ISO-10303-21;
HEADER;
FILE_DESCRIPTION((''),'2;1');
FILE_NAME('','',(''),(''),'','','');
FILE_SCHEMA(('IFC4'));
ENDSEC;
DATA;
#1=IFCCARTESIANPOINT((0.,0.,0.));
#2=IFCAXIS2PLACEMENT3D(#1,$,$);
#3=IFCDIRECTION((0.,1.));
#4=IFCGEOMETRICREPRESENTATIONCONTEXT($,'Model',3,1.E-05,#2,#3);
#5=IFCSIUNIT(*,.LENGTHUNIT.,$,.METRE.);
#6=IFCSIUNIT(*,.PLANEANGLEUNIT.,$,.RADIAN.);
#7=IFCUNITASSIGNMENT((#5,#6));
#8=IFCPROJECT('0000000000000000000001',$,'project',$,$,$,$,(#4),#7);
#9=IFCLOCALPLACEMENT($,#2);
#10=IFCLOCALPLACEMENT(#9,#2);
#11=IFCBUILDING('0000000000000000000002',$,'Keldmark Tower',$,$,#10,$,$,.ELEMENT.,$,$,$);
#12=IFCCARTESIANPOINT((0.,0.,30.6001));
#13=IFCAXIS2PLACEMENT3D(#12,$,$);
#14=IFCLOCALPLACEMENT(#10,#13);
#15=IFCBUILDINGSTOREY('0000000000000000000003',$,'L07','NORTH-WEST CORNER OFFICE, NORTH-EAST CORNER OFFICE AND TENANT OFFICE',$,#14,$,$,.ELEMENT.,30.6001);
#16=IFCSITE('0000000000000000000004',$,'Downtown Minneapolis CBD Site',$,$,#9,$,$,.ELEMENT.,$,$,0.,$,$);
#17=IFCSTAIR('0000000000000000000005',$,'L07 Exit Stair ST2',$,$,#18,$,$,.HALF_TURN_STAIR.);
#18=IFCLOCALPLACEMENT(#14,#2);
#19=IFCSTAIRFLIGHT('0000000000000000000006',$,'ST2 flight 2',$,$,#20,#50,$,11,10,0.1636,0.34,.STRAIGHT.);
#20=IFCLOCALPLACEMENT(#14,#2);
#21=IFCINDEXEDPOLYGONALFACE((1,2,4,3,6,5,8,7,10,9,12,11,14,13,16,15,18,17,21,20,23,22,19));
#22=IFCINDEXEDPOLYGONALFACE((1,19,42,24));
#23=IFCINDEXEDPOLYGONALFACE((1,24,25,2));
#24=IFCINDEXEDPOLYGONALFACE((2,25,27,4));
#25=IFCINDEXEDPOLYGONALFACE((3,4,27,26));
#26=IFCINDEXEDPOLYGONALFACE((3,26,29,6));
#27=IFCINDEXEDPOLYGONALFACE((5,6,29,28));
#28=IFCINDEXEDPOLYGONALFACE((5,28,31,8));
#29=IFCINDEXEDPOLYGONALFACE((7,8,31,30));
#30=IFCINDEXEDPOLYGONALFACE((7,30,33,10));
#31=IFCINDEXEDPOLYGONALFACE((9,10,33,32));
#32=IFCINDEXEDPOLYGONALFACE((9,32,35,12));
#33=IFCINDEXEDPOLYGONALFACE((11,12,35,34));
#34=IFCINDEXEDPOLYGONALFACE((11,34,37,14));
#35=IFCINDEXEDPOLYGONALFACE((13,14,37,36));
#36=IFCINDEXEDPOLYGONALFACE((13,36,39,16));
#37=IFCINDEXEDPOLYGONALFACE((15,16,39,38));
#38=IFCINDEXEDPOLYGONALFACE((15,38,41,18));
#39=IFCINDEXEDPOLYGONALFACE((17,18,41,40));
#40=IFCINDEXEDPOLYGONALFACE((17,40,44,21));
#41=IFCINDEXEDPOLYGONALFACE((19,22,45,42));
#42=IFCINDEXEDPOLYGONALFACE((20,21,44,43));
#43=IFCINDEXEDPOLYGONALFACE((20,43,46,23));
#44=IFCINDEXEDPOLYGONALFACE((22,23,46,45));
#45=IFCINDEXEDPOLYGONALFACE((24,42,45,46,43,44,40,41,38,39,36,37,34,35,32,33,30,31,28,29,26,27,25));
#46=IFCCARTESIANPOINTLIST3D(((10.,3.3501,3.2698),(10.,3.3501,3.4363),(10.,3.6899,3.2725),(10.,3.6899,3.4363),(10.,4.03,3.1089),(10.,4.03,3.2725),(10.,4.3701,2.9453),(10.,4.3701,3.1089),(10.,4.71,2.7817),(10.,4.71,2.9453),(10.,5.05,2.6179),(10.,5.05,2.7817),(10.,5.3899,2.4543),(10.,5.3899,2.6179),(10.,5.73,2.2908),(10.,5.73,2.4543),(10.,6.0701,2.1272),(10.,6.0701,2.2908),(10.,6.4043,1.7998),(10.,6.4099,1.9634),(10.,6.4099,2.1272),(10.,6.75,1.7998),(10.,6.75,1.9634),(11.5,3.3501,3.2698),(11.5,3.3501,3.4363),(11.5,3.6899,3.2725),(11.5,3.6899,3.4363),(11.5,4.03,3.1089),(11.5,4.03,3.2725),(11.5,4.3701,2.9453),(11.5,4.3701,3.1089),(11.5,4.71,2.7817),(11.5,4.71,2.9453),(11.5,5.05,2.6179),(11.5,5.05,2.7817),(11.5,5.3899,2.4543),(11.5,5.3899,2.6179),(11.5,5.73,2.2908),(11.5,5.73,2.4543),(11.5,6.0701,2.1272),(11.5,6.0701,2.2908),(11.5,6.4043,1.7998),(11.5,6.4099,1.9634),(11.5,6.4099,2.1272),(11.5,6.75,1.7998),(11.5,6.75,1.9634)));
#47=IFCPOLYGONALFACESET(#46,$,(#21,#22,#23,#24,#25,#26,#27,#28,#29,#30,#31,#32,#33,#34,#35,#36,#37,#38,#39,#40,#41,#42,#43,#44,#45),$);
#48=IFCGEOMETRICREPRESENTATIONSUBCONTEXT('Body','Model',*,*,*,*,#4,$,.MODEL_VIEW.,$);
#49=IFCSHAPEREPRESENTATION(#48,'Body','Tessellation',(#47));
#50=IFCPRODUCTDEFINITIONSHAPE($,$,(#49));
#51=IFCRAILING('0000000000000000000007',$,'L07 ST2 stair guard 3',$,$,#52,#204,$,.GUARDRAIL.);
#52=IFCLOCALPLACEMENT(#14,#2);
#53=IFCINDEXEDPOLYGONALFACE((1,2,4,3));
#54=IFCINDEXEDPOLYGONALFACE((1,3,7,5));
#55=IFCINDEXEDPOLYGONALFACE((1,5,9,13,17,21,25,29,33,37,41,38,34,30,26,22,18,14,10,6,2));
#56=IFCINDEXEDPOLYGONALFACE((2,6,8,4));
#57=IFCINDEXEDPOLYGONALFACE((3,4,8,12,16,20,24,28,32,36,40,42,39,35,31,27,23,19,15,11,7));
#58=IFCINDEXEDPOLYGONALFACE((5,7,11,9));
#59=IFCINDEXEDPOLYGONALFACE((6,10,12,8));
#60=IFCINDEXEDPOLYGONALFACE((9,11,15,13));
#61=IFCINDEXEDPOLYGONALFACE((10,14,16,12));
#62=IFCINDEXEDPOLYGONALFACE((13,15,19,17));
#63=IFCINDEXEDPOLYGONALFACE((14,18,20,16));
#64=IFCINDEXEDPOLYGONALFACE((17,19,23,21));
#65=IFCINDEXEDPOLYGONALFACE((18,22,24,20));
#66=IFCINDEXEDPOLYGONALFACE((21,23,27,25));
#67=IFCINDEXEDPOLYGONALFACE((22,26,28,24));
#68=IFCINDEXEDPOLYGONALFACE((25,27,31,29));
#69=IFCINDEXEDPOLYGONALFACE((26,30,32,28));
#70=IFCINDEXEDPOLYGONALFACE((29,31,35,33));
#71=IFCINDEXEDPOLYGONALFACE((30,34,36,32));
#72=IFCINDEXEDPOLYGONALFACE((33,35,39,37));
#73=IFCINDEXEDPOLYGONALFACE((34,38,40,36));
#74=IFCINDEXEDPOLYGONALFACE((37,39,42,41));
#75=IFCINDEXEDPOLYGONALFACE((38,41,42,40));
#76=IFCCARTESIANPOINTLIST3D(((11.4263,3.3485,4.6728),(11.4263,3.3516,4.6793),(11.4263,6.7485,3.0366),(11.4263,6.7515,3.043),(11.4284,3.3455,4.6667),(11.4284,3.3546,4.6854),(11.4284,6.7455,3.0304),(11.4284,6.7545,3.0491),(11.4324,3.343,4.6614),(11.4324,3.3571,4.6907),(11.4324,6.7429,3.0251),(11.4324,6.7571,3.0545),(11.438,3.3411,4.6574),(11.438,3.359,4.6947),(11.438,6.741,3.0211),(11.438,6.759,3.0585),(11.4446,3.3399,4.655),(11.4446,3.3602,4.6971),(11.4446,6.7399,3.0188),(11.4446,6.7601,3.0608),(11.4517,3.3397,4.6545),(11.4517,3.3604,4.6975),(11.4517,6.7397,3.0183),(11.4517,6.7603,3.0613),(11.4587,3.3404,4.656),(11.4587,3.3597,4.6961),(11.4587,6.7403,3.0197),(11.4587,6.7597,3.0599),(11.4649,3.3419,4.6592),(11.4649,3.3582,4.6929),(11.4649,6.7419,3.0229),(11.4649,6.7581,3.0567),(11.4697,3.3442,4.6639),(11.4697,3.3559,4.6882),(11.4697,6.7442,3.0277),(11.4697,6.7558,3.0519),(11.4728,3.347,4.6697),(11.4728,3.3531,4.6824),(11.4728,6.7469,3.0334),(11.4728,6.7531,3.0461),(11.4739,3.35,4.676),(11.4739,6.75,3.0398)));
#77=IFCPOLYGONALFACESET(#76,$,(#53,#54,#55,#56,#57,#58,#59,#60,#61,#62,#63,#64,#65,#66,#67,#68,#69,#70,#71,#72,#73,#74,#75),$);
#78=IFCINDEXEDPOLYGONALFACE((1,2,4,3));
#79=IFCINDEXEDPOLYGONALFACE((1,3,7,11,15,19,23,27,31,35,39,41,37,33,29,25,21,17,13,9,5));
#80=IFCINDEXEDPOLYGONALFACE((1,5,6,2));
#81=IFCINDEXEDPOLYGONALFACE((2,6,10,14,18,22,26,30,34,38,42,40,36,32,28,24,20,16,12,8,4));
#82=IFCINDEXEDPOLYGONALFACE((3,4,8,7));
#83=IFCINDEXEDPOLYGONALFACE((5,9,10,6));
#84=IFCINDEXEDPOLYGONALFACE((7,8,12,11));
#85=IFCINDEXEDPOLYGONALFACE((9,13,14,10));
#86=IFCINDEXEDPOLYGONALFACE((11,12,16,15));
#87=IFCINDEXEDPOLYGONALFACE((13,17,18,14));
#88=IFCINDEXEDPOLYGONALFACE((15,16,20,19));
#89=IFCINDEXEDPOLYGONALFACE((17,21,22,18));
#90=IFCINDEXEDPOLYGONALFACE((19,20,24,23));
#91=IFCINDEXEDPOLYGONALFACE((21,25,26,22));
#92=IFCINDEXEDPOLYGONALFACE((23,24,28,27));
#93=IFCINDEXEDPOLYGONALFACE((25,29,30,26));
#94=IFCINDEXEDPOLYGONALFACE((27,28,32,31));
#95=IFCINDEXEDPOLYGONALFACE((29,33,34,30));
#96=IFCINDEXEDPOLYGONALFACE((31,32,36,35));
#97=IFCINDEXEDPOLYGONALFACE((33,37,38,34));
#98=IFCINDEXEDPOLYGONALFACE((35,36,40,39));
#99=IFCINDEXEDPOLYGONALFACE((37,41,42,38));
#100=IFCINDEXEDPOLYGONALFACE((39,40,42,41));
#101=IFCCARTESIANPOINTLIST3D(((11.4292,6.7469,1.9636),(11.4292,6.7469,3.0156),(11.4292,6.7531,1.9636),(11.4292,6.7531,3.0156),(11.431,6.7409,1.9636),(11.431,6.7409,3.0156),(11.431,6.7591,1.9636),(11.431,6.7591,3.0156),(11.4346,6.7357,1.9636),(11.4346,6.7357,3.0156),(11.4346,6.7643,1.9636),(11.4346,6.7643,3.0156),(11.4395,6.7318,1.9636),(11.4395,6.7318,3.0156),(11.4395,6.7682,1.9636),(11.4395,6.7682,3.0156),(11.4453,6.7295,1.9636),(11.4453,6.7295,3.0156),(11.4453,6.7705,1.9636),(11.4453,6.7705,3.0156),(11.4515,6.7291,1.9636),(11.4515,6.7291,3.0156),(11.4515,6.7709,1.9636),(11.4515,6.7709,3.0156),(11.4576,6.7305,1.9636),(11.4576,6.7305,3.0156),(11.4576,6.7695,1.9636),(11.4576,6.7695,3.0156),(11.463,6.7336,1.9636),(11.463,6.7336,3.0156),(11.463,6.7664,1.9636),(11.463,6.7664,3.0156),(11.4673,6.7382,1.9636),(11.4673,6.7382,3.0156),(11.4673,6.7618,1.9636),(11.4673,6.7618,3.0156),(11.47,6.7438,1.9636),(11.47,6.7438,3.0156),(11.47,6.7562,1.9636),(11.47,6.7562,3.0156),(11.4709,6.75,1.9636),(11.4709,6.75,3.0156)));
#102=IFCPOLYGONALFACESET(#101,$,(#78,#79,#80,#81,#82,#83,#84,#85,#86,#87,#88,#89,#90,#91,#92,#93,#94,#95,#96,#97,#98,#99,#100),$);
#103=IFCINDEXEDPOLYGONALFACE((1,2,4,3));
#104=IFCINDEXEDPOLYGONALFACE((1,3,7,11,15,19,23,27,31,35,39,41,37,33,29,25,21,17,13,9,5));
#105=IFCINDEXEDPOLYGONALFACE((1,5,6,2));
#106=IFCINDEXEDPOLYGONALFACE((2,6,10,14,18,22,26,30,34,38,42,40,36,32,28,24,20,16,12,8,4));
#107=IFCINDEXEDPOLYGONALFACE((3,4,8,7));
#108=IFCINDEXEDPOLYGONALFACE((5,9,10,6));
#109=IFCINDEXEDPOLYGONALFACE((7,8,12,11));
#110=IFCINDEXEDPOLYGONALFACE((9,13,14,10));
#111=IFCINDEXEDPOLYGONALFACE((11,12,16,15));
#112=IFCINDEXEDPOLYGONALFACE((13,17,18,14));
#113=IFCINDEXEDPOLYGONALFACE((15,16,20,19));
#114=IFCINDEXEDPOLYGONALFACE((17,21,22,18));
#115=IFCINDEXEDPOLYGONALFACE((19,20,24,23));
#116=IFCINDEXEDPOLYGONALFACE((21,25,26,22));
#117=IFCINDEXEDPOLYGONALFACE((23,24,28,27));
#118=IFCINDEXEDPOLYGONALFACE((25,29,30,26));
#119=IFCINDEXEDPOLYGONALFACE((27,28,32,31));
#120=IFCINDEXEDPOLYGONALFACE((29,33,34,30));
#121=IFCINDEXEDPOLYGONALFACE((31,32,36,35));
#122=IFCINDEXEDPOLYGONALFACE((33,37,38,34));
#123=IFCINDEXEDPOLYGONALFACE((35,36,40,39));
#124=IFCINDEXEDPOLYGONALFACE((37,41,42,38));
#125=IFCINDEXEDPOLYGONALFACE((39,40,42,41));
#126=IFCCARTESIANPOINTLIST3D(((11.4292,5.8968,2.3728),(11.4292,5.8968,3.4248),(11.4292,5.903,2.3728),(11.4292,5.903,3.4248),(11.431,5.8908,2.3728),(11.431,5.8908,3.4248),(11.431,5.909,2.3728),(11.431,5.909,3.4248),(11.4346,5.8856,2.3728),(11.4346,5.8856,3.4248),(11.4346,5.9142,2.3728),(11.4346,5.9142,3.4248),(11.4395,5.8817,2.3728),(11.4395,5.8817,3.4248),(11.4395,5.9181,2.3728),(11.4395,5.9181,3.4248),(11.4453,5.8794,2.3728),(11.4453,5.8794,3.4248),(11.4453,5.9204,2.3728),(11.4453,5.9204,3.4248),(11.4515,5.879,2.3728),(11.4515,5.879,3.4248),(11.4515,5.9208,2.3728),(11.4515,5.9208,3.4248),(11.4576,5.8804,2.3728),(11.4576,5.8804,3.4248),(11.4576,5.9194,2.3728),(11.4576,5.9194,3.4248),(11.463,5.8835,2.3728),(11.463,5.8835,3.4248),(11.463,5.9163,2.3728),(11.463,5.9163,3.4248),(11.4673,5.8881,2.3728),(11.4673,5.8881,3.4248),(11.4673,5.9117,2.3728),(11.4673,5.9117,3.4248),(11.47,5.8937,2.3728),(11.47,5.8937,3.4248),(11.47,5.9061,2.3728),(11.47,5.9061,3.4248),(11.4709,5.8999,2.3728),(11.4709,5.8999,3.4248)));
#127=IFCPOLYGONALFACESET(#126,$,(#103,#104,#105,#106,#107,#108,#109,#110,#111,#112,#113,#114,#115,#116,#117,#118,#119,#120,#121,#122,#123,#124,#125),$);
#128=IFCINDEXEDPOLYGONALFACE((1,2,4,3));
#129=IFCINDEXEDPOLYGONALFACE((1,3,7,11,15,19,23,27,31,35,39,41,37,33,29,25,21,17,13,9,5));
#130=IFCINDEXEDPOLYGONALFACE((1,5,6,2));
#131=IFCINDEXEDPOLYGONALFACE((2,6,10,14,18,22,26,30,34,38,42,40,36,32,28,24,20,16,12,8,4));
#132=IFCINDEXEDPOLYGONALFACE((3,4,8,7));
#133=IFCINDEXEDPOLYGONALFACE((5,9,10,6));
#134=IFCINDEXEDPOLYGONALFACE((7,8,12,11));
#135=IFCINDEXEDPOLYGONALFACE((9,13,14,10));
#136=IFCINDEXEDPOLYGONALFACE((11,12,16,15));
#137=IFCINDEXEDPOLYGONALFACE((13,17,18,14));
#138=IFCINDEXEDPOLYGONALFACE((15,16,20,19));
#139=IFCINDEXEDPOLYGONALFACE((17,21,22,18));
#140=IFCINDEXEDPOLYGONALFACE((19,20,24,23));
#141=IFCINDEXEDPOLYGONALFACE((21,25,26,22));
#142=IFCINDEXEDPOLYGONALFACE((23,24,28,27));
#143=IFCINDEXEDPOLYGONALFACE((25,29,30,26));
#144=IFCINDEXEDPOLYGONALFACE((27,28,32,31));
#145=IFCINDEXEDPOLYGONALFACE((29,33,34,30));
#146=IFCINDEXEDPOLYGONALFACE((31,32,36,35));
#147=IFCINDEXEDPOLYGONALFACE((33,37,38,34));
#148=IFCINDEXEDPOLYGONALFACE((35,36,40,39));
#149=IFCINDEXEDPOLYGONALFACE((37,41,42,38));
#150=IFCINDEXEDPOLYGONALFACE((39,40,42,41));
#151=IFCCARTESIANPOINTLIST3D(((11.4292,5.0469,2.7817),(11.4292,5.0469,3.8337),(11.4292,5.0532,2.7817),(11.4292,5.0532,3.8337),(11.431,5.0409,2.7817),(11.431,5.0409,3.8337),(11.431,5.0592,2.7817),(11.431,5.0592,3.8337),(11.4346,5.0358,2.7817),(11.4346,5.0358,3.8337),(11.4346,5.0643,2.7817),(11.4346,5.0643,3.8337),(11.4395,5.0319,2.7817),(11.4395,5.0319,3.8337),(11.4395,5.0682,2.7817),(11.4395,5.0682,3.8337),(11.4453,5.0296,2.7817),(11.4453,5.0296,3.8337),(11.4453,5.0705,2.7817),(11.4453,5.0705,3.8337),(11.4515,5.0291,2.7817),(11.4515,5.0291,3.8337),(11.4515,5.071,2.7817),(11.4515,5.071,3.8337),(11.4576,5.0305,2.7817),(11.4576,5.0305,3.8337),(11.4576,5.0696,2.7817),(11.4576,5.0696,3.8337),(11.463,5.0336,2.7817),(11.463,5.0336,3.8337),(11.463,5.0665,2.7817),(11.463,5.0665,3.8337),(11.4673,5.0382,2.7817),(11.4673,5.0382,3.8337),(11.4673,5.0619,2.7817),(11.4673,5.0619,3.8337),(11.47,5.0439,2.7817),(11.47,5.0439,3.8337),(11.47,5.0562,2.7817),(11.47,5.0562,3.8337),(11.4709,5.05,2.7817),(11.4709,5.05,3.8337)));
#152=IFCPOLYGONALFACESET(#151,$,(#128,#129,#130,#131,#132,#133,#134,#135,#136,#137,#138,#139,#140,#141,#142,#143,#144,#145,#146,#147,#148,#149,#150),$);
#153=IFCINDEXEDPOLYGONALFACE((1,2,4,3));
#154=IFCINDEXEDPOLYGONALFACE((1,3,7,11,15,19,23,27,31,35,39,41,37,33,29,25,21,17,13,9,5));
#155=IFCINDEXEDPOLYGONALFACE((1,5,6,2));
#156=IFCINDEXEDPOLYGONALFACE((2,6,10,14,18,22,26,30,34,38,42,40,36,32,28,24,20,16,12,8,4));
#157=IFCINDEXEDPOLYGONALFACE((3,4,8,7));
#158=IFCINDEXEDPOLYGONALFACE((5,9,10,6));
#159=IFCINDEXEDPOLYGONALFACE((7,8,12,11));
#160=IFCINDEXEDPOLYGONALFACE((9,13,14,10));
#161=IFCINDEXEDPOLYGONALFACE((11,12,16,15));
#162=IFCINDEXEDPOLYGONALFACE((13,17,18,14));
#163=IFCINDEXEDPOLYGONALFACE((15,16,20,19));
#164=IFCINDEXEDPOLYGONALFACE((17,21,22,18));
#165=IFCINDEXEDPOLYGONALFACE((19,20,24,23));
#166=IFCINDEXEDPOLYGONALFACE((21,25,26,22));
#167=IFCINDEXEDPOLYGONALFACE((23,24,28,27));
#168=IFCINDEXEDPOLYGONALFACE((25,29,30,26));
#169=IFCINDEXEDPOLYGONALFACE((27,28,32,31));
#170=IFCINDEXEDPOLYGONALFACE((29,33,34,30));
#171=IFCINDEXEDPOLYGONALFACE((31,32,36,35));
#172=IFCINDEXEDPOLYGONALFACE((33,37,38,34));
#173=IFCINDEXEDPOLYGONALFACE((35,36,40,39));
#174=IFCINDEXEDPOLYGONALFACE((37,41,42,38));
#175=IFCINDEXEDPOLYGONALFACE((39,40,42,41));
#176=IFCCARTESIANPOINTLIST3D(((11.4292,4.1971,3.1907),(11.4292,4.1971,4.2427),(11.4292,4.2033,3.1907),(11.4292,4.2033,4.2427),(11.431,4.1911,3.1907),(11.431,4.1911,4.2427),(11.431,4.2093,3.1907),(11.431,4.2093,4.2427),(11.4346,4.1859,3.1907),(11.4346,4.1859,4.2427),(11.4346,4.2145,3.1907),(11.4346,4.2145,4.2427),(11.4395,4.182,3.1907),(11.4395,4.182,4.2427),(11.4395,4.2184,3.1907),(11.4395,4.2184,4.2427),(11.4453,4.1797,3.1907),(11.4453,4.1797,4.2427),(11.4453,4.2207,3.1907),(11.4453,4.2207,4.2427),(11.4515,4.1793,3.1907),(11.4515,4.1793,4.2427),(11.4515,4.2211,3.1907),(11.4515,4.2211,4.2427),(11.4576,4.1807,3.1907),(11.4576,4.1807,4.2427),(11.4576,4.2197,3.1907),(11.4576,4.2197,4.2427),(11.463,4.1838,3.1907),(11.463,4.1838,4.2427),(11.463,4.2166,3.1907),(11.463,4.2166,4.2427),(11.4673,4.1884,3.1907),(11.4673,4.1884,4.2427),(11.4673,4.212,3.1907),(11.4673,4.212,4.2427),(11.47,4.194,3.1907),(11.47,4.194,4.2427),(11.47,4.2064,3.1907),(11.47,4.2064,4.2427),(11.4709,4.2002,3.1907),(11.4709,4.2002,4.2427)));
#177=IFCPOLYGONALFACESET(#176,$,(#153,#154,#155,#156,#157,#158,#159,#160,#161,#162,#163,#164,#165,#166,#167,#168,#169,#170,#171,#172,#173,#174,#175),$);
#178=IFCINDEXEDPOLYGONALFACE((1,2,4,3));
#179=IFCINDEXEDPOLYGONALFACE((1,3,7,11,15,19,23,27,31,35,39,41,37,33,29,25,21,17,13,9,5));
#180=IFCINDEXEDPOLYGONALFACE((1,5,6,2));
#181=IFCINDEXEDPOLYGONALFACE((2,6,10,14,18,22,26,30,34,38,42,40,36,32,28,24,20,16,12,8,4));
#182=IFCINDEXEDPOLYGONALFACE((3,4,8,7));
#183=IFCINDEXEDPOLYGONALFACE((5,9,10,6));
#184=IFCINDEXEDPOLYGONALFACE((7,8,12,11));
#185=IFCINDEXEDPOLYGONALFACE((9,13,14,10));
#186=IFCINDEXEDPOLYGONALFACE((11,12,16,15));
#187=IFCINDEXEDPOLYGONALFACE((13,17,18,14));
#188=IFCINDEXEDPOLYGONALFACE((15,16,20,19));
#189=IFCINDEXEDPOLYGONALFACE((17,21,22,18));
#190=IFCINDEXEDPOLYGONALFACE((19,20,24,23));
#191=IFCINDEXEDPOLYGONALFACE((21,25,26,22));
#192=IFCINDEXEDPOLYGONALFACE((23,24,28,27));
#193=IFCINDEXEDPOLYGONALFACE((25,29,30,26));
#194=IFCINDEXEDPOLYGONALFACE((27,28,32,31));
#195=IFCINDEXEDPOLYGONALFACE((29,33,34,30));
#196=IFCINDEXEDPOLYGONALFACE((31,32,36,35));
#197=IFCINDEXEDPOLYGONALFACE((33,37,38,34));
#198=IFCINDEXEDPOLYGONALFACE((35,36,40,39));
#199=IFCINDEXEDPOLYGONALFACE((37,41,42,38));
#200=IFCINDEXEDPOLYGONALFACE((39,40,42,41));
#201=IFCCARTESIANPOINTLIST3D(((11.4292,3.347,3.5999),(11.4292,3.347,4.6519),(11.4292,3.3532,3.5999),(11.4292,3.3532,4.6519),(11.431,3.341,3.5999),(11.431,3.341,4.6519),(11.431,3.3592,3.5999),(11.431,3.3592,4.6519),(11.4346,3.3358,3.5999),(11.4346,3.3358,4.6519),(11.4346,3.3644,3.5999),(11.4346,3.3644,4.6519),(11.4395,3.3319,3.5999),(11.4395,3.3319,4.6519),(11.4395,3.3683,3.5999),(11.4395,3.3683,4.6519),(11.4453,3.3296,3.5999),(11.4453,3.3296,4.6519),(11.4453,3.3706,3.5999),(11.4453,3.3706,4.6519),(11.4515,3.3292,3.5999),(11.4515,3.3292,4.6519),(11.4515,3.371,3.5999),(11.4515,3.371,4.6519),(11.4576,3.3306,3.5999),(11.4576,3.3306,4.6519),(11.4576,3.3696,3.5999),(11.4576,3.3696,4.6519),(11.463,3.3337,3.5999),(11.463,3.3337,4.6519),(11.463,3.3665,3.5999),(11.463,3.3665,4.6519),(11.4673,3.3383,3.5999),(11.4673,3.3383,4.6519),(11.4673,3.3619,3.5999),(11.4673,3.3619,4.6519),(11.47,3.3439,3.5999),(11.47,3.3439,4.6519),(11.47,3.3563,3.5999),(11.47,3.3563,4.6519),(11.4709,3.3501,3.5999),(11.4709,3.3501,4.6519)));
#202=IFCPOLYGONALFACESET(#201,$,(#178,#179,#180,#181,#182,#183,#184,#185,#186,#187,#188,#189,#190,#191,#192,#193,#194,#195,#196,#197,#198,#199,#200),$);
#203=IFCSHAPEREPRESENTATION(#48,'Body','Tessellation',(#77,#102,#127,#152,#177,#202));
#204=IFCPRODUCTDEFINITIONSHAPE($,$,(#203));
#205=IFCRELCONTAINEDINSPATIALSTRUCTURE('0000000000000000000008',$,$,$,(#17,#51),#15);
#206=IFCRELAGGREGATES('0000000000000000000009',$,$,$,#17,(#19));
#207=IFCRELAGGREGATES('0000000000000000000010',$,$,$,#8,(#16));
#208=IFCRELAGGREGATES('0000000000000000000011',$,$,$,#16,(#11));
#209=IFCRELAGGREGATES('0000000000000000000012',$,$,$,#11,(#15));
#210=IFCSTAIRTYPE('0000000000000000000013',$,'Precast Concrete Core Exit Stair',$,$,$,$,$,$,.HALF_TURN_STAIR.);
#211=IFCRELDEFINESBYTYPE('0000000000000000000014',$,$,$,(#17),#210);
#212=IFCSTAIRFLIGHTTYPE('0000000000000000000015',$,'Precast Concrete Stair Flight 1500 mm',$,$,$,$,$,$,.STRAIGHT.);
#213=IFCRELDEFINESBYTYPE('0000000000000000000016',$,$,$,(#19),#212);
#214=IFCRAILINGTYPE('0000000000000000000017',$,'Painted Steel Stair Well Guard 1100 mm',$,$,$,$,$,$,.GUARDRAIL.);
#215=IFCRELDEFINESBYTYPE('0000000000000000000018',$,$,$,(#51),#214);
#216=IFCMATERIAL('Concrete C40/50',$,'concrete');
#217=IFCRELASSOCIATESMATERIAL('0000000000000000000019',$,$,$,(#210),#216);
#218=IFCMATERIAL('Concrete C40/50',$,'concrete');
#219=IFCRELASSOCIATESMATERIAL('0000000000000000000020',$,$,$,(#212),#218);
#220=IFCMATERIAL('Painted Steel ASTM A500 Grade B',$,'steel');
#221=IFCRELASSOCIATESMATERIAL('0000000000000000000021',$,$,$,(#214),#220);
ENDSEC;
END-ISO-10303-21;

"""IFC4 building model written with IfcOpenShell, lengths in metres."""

from ifc_helpers import new_model, si_unit, direction, frame, origin, origin_2d, place, context, subcontext, project, spatial, polyline, circle, outline, extrude, material, type_object, element, aggregate, save


model = new_model("IFC4")

# Units and contexts
model_context = context("Model", 3, precision=1e-05, world=origin(), true_north=direction((0.0, 1.0)))
body_context = subcontext(model_context, "Body", "Model", "MODEL_VIEW")
ifc_project = project(units=[si_unit("LENGTHUNIT", "METRE"), si_unit("PLANEANGLEUNIT", "RADIAN")], contexts=[model_context])

# Site, building, storey
site_placement = place(None, origin())
site = spatial("IfcSite", under=ifc_project, at=site_placement, Name="Downtown Minneapolis CBD Site", CompositionType="ELEMENT", RefElevation=0.0)
building_placement = place(site_placement, origin())
building = spatial("IfcBuilding", under=site, at=building_placement, Name="Keldmark Tower", CompositionType="ELEMENT")
storey_placement = place(building_placement, frame((0.0, 0.0, 30.6001)))
storey = spatial("IfcBuildingStorey", under=building, at=storey_placement, Name="L07", Description="NORTH-WEST CORNER OFFICE, NORTH-EAST CORNER OFFICE AND TENANT OFFICE", CompositionType="ELEMENT", Elevation=30.6001)

# Stair, stair flight
ifc_material_1 = material(Name="Concrete C40/50", Category="concrete")
stair_type = type_object("IfcStairType", Name="Precast Concrete Core Exit Stair", PredefinedType="HALF_TURN_STAIR", material=ifc_material_1)
stair_placement = place(storey_placement, origin())
stair = element("IfcStair", 1, at=stair_placement, inside=storey, type_object=stair_type, Name="L07 Exit Stair ST2", PredefinedType="HALF_TURN_STAIR")
ifc_material_2 = material(Name="Concrete C40/50", Category="concrete")
stair_flight_type = type_object("IfcStairFlightType", Name="Precast Concrete Stair Flight 1500 mm", PredefinedType="STRAIGHT", material=ifc_material_2)
stair_flight_placement = place(storey_placement, frame((10.75, 6.75, 1.7998), z_axis=(0.0, 0.0, 1.0), x_axis=(0.0, -1.0, 0.0)))
stair_flight = element("IfcStairFlight", 2, at=stair_flight_placement, type_object=stair_flight_type, Name="ST2 flight 2", NumberOfRisers=11, NumberOfTreads=10, PredefinedType="STRAIGHT", RiserHeight=0.1636, TreadLength=0.34, context=body_context, shape_type="SweptSolid", body=[
    extrude(outline(polyline([(0.0, 0.0), (0.0, 0.1636), (0.3401, 0.1636), (0.3401, 0.3274), (0.6799, 0.3274), (0.6799, 0.491), (1.02, 0.491), (1.02, 0.6545), (1.3601, 0.6545), (1.3601, 0.8181), (1.7, 0.8181), (1.7, 0.9819), (2.04, 0.9819), (2.04, 1.1455), (2.3799, 1.1455), (2.3799, 1.3091), (2.72, 1.3091), (2.72, 1.4727), (3.0601, 1.4727), (3.0601, 1.6365), (3.3999, 1.6365), (3.3999, 1.8), (3.3999, 1.47), (0.3457, 0.0), (0.0, 0.0)])), frame((0.0, 0.75, 0.0), z_axis=(0.0, -1.0, 0.0), x_axis=(1.0, 0.0, 0.0)), (0.0, 0.0, 1.0), 1.5),
])
aggregate(stair, [stair_flight])

# Railing
ifc_material_3 = material(Name="Painted Steel ASTM A500 Grade B", Category="steel")
railing_type_1 = type_object("IfcRailingType", Name="Painted Steel Stair Well Guard 1100 mm", PredefinedType="GUARDRAIL", material=ifc_material_3)
railing_1_placement = place(storey_placement, frame((11.45, 6.75, 1.9636)))
element("IfcRailing", 3, at=railing_1_placement, inside=storey, type_object=railing_type_1, Name="L07 ST2 stair guard 3", PredefinedType="GUARDRAIL", context=body_context, shape_type="SweptSolid", body=[
    extrude(circle(Radius=0.0239, at=origin_2d()), frame((0.0, 0.0, 1.0762), z_axis=(0.0, -0.90108, 0.433652), x_axis=(1.0, 0.0, 0.0)), (0.0, 0.0, 1.0), 3.7732),
    extrude(circle(Radius=0.021, at=origin_2d()), origin(), (0.0, 0.0, 1.0), 1.052),
    extrude(circle(Radius=0.021, at=origin_2d()), frame((0.0, -0.8501, 0.4092)), (0.0, 0.0, 1.0), 1.052),
    extrude(circle(Radius=0.021, at=origin_2d()), frame((0.0, -1.7, 0.8181)), (0.0, 0.0, 1.0), 1.052),
    extrude(circle(Radius=0.021, at=origin_2d()), frame((0.0, -2.5498, 1.2271)), (0.0, 0.0, 1.0), 1.052),
    extrude(circle(Radius=0.021, at=origin_2d()), frame((0.0, -3.3999, 1.6362)), (0.0, 0.0, 1.0), 1.052),
])

save(model, "model.ifc")
